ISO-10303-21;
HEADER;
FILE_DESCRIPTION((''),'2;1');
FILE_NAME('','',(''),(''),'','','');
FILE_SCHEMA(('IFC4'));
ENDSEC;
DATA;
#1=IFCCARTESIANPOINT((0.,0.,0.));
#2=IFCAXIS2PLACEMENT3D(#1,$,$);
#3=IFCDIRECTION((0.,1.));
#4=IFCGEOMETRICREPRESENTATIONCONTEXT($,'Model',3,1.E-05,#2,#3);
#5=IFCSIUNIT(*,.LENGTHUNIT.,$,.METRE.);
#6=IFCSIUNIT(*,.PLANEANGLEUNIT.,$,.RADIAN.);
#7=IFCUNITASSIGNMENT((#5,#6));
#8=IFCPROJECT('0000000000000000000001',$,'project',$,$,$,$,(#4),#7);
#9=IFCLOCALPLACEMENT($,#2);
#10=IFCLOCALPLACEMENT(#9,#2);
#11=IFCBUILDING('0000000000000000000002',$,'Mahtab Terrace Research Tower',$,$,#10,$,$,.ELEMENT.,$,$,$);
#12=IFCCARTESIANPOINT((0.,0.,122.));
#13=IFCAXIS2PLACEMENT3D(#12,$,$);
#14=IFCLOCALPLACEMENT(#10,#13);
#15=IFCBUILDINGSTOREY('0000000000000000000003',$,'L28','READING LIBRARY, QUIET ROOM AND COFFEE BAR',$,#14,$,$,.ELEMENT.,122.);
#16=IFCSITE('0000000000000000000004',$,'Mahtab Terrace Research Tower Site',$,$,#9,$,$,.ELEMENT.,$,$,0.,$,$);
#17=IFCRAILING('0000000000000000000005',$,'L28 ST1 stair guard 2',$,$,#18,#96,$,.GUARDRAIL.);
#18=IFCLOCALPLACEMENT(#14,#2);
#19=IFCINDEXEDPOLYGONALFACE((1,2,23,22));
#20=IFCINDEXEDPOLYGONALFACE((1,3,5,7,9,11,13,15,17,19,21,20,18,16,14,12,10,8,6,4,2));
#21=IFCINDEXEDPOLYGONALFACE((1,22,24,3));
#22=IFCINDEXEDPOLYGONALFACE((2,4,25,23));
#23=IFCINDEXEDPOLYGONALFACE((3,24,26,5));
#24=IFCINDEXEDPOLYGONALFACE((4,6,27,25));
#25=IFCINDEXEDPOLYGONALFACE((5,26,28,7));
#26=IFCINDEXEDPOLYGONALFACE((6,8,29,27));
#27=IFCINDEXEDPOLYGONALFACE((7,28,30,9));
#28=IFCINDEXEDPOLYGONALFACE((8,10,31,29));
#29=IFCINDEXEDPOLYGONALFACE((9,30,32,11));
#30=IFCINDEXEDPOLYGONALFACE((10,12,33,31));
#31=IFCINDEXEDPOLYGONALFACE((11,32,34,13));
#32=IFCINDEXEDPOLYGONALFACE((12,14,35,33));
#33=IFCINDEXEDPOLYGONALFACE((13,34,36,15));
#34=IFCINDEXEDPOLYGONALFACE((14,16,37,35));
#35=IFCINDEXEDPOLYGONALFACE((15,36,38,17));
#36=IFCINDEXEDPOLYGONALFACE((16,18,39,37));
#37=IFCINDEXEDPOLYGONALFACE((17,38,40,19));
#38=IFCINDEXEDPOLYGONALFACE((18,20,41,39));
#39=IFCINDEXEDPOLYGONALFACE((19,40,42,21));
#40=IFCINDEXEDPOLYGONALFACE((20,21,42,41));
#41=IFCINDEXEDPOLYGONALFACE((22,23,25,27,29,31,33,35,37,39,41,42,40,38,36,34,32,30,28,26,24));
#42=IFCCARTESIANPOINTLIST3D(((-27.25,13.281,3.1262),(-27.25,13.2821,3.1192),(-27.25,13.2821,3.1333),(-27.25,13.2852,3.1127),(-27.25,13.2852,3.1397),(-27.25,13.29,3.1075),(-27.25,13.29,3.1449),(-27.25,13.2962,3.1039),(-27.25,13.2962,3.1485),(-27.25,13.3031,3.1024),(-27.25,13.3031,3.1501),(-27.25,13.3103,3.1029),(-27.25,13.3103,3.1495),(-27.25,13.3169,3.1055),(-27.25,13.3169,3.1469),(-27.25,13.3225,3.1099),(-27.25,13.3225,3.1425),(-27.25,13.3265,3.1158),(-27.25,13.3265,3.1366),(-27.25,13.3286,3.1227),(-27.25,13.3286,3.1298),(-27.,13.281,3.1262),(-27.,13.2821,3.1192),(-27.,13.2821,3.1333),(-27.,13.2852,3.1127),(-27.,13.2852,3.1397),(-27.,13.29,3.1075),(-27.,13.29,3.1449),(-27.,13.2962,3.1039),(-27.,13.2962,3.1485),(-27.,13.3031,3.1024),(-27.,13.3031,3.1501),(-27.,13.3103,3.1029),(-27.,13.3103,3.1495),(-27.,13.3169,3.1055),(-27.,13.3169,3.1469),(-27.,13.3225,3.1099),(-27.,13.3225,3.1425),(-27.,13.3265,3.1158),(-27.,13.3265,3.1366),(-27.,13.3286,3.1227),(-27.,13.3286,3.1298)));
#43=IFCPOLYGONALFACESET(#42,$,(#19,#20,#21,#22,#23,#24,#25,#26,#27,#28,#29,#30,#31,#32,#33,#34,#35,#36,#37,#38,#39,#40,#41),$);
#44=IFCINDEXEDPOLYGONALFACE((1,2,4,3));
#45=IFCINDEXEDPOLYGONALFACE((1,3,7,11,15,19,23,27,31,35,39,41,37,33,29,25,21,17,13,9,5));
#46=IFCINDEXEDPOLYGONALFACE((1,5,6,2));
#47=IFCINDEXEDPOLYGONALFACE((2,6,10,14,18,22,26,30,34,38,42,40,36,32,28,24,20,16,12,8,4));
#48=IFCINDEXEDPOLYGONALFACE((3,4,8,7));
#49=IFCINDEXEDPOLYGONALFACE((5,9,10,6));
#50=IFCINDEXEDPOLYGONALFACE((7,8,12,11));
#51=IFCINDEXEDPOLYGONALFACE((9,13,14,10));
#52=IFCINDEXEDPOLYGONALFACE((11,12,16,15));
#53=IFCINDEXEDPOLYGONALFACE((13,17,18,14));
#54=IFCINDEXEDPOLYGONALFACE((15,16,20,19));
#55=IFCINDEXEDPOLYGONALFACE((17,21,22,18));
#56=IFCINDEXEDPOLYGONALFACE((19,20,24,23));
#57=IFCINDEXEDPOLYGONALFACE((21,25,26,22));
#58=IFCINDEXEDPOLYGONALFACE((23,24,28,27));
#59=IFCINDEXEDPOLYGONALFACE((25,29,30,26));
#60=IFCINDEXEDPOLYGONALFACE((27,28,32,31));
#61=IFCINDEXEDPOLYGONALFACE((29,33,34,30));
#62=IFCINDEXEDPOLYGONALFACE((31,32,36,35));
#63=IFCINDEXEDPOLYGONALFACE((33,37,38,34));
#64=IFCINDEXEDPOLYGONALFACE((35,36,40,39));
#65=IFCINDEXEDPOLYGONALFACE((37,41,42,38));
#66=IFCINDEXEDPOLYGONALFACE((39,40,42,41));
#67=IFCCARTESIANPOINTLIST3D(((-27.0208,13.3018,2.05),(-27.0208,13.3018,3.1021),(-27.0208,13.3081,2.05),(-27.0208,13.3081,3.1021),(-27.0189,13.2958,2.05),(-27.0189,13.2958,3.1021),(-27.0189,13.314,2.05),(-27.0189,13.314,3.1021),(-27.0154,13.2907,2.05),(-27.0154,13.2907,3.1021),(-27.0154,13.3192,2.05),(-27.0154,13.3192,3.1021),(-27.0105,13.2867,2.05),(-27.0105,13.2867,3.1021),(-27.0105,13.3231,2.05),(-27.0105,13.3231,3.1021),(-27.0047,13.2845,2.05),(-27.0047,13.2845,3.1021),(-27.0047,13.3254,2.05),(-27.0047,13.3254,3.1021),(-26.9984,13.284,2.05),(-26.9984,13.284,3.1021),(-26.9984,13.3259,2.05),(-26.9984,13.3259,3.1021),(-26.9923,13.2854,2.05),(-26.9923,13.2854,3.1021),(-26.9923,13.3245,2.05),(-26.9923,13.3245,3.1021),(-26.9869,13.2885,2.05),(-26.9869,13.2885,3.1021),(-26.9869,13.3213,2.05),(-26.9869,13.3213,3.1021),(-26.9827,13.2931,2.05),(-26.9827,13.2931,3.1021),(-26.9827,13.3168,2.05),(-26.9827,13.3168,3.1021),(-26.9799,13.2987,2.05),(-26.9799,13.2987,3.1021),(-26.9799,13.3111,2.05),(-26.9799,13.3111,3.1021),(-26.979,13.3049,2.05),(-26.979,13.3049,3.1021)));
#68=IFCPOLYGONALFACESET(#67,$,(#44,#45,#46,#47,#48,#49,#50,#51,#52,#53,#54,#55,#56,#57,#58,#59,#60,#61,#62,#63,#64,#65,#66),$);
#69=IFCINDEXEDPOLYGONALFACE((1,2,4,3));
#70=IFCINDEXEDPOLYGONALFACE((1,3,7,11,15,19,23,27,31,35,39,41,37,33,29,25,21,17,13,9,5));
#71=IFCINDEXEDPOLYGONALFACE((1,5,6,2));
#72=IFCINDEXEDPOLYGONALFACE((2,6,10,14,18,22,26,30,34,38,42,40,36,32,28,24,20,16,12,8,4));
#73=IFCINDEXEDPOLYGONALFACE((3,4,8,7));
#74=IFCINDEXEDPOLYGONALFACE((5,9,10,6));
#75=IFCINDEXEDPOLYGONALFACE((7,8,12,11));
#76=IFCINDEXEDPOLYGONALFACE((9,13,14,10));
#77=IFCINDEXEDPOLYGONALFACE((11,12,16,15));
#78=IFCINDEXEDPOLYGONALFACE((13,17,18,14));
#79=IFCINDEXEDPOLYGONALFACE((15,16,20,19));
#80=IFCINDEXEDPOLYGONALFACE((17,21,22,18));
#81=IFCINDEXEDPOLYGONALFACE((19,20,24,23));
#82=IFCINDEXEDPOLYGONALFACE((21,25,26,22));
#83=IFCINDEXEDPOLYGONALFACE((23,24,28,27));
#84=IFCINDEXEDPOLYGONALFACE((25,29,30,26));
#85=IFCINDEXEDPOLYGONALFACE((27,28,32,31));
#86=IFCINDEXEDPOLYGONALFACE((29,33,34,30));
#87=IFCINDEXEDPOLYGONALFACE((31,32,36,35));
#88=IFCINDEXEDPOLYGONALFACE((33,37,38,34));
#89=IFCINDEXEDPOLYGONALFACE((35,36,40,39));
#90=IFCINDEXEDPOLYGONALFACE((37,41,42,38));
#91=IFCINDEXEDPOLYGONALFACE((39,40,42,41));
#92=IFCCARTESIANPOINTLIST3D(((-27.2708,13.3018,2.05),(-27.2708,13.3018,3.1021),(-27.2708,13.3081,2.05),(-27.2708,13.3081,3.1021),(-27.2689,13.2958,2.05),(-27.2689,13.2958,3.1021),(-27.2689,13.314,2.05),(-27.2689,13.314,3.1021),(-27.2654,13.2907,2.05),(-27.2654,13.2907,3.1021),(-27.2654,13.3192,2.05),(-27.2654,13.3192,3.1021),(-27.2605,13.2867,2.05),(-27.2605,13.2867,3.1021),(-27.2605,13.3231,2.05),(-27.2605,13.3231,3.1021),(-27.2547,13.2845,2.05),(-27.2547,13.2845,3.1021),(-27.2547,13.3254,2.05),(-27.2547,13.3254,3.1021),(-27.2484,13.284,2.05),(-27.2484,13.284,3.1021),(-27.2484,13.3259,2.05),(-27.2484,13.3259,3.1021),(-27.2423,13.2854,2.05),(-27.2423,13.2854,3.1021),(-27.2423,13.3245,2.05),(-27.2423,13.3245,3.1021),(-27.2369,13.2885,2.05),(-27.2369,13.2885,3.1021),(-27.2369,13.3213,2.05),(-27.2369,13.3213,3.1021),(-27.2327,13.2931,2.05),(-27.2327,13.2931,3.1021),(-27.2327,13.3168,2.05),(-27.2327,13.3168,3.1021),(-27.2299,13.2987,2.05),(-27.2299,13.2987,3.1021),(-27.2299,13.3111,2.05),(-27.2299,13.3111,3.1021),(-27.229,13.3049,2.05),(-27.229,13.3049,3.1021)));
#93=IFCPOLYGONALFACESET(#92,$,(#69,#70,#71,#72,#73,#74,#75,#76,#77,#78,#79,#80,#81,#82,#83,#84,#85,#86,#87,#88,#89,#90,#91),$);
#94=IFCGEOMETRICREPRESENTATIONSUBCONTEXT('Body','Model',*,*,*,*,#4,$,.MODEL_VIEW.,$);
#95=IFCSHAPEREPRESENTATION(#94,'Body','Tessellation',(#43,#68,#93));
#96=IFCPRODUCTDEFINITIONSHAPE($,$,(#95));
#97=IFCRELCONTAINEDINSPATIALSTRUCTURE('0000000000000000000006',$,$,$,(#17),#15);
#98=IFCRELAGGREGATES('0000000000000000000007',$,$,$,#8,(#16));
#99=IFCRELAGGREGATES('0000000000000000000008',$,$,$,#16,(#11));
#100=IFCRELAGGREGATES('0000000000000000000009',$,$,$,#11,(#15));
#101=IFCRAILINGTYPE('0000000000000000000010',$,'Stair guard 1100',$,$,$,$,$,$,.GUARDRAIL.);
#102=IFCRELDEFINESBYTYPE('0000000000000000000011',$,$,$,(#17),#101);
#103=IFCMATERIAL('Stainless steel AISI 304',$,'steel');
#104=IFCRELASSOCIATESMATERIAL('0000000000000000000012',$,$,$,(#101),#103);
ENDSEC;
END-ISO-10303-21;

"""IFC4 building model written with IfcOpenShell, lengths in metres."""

from ifc_helpers import new_model, si_unit, direction, frame, origin, origin_2d, place, context, subcontext, project, spatial, circle, extrude, material, type_object, element, save


model = new_model("IFC4")

# Units and contexts
model_context = context("Model", 3, precision=1e-05, world=origin(), true_north=direction((0.0, 1.0)))
body_context = subcontext(model_context, "Body", "Model", "MODEL_VIEW")
ifc_project = project(units=[si_unit("LENGTHUNIT", "METRE"), si_unit("PLANEANGLEUNIT", "RADIAN")], contexts=[model_context])

# Site, building, storey
site_placement = place(None, origin())
site = spatial("IfcSite", under=ifc_project, at=site_placement, Name="Mahtab Terrace Research Tower Site", CompositionType="ELEMENT", RefElevation=0.0)
building_placement = place(site_placement, origin())
building = spatial("IfcBuilding", under=site, at=building_placement, Name="Mahtab Terrace Research Tower", CompositionType="ELEMENT")
storey_placement = place(building_placement, frame((0.0, 0.0, 122.0)))
storey = spatial("IfcBuildingStorey", under=building, at=storey_placement, Name="L28", Description="READING LIBRARY, QUIET ROOM AND COFFEE BAR", CompositionType="ELEMENT", Elevation=122.0)

# Shared definitions
ifc_material_1 = material(Name="Stainless steel AISI 304", Category="steel")

# Railing
railing_type_1 = type_object("IfcRailingType", Name="Stair guard 1100", PredefinedType="GUARDRAIL", material=ifc_material_1)
railing_1_placement = place(storey_placement, frame((-27.0, 13.3049, 2.05)))
element("IfcRailing", 1, at=railing_1_placement, inside=storey, type_object=railing_type_1, Name="L28 ST1 stair guard 2", PredefinedType="GUARDRAIL", context=body_context, shape_type="SweptSolid", body=[
    extrude(circle(Radius=0.0239, at=origin_2d()), frame((0.0, 0.0, 1.0762), z_axis=(-1.0, 0.0, 0.0), x_axis=(0.0, -1.0, 0.0)), (0.0, 0.0, 1.0), 0.25),
    extrude(circle(Radius=0.021, at=origin_2d()), origin(), (0.0, 0.0, 1.0), 1.052),
    extrude(circle(Radius=0.021, at=origin_2d()), frame((-0.25, 0.0, 0.0)), (0.0, 0.0, 1.0), 1.052),
])

save(model, "model.ifc")
